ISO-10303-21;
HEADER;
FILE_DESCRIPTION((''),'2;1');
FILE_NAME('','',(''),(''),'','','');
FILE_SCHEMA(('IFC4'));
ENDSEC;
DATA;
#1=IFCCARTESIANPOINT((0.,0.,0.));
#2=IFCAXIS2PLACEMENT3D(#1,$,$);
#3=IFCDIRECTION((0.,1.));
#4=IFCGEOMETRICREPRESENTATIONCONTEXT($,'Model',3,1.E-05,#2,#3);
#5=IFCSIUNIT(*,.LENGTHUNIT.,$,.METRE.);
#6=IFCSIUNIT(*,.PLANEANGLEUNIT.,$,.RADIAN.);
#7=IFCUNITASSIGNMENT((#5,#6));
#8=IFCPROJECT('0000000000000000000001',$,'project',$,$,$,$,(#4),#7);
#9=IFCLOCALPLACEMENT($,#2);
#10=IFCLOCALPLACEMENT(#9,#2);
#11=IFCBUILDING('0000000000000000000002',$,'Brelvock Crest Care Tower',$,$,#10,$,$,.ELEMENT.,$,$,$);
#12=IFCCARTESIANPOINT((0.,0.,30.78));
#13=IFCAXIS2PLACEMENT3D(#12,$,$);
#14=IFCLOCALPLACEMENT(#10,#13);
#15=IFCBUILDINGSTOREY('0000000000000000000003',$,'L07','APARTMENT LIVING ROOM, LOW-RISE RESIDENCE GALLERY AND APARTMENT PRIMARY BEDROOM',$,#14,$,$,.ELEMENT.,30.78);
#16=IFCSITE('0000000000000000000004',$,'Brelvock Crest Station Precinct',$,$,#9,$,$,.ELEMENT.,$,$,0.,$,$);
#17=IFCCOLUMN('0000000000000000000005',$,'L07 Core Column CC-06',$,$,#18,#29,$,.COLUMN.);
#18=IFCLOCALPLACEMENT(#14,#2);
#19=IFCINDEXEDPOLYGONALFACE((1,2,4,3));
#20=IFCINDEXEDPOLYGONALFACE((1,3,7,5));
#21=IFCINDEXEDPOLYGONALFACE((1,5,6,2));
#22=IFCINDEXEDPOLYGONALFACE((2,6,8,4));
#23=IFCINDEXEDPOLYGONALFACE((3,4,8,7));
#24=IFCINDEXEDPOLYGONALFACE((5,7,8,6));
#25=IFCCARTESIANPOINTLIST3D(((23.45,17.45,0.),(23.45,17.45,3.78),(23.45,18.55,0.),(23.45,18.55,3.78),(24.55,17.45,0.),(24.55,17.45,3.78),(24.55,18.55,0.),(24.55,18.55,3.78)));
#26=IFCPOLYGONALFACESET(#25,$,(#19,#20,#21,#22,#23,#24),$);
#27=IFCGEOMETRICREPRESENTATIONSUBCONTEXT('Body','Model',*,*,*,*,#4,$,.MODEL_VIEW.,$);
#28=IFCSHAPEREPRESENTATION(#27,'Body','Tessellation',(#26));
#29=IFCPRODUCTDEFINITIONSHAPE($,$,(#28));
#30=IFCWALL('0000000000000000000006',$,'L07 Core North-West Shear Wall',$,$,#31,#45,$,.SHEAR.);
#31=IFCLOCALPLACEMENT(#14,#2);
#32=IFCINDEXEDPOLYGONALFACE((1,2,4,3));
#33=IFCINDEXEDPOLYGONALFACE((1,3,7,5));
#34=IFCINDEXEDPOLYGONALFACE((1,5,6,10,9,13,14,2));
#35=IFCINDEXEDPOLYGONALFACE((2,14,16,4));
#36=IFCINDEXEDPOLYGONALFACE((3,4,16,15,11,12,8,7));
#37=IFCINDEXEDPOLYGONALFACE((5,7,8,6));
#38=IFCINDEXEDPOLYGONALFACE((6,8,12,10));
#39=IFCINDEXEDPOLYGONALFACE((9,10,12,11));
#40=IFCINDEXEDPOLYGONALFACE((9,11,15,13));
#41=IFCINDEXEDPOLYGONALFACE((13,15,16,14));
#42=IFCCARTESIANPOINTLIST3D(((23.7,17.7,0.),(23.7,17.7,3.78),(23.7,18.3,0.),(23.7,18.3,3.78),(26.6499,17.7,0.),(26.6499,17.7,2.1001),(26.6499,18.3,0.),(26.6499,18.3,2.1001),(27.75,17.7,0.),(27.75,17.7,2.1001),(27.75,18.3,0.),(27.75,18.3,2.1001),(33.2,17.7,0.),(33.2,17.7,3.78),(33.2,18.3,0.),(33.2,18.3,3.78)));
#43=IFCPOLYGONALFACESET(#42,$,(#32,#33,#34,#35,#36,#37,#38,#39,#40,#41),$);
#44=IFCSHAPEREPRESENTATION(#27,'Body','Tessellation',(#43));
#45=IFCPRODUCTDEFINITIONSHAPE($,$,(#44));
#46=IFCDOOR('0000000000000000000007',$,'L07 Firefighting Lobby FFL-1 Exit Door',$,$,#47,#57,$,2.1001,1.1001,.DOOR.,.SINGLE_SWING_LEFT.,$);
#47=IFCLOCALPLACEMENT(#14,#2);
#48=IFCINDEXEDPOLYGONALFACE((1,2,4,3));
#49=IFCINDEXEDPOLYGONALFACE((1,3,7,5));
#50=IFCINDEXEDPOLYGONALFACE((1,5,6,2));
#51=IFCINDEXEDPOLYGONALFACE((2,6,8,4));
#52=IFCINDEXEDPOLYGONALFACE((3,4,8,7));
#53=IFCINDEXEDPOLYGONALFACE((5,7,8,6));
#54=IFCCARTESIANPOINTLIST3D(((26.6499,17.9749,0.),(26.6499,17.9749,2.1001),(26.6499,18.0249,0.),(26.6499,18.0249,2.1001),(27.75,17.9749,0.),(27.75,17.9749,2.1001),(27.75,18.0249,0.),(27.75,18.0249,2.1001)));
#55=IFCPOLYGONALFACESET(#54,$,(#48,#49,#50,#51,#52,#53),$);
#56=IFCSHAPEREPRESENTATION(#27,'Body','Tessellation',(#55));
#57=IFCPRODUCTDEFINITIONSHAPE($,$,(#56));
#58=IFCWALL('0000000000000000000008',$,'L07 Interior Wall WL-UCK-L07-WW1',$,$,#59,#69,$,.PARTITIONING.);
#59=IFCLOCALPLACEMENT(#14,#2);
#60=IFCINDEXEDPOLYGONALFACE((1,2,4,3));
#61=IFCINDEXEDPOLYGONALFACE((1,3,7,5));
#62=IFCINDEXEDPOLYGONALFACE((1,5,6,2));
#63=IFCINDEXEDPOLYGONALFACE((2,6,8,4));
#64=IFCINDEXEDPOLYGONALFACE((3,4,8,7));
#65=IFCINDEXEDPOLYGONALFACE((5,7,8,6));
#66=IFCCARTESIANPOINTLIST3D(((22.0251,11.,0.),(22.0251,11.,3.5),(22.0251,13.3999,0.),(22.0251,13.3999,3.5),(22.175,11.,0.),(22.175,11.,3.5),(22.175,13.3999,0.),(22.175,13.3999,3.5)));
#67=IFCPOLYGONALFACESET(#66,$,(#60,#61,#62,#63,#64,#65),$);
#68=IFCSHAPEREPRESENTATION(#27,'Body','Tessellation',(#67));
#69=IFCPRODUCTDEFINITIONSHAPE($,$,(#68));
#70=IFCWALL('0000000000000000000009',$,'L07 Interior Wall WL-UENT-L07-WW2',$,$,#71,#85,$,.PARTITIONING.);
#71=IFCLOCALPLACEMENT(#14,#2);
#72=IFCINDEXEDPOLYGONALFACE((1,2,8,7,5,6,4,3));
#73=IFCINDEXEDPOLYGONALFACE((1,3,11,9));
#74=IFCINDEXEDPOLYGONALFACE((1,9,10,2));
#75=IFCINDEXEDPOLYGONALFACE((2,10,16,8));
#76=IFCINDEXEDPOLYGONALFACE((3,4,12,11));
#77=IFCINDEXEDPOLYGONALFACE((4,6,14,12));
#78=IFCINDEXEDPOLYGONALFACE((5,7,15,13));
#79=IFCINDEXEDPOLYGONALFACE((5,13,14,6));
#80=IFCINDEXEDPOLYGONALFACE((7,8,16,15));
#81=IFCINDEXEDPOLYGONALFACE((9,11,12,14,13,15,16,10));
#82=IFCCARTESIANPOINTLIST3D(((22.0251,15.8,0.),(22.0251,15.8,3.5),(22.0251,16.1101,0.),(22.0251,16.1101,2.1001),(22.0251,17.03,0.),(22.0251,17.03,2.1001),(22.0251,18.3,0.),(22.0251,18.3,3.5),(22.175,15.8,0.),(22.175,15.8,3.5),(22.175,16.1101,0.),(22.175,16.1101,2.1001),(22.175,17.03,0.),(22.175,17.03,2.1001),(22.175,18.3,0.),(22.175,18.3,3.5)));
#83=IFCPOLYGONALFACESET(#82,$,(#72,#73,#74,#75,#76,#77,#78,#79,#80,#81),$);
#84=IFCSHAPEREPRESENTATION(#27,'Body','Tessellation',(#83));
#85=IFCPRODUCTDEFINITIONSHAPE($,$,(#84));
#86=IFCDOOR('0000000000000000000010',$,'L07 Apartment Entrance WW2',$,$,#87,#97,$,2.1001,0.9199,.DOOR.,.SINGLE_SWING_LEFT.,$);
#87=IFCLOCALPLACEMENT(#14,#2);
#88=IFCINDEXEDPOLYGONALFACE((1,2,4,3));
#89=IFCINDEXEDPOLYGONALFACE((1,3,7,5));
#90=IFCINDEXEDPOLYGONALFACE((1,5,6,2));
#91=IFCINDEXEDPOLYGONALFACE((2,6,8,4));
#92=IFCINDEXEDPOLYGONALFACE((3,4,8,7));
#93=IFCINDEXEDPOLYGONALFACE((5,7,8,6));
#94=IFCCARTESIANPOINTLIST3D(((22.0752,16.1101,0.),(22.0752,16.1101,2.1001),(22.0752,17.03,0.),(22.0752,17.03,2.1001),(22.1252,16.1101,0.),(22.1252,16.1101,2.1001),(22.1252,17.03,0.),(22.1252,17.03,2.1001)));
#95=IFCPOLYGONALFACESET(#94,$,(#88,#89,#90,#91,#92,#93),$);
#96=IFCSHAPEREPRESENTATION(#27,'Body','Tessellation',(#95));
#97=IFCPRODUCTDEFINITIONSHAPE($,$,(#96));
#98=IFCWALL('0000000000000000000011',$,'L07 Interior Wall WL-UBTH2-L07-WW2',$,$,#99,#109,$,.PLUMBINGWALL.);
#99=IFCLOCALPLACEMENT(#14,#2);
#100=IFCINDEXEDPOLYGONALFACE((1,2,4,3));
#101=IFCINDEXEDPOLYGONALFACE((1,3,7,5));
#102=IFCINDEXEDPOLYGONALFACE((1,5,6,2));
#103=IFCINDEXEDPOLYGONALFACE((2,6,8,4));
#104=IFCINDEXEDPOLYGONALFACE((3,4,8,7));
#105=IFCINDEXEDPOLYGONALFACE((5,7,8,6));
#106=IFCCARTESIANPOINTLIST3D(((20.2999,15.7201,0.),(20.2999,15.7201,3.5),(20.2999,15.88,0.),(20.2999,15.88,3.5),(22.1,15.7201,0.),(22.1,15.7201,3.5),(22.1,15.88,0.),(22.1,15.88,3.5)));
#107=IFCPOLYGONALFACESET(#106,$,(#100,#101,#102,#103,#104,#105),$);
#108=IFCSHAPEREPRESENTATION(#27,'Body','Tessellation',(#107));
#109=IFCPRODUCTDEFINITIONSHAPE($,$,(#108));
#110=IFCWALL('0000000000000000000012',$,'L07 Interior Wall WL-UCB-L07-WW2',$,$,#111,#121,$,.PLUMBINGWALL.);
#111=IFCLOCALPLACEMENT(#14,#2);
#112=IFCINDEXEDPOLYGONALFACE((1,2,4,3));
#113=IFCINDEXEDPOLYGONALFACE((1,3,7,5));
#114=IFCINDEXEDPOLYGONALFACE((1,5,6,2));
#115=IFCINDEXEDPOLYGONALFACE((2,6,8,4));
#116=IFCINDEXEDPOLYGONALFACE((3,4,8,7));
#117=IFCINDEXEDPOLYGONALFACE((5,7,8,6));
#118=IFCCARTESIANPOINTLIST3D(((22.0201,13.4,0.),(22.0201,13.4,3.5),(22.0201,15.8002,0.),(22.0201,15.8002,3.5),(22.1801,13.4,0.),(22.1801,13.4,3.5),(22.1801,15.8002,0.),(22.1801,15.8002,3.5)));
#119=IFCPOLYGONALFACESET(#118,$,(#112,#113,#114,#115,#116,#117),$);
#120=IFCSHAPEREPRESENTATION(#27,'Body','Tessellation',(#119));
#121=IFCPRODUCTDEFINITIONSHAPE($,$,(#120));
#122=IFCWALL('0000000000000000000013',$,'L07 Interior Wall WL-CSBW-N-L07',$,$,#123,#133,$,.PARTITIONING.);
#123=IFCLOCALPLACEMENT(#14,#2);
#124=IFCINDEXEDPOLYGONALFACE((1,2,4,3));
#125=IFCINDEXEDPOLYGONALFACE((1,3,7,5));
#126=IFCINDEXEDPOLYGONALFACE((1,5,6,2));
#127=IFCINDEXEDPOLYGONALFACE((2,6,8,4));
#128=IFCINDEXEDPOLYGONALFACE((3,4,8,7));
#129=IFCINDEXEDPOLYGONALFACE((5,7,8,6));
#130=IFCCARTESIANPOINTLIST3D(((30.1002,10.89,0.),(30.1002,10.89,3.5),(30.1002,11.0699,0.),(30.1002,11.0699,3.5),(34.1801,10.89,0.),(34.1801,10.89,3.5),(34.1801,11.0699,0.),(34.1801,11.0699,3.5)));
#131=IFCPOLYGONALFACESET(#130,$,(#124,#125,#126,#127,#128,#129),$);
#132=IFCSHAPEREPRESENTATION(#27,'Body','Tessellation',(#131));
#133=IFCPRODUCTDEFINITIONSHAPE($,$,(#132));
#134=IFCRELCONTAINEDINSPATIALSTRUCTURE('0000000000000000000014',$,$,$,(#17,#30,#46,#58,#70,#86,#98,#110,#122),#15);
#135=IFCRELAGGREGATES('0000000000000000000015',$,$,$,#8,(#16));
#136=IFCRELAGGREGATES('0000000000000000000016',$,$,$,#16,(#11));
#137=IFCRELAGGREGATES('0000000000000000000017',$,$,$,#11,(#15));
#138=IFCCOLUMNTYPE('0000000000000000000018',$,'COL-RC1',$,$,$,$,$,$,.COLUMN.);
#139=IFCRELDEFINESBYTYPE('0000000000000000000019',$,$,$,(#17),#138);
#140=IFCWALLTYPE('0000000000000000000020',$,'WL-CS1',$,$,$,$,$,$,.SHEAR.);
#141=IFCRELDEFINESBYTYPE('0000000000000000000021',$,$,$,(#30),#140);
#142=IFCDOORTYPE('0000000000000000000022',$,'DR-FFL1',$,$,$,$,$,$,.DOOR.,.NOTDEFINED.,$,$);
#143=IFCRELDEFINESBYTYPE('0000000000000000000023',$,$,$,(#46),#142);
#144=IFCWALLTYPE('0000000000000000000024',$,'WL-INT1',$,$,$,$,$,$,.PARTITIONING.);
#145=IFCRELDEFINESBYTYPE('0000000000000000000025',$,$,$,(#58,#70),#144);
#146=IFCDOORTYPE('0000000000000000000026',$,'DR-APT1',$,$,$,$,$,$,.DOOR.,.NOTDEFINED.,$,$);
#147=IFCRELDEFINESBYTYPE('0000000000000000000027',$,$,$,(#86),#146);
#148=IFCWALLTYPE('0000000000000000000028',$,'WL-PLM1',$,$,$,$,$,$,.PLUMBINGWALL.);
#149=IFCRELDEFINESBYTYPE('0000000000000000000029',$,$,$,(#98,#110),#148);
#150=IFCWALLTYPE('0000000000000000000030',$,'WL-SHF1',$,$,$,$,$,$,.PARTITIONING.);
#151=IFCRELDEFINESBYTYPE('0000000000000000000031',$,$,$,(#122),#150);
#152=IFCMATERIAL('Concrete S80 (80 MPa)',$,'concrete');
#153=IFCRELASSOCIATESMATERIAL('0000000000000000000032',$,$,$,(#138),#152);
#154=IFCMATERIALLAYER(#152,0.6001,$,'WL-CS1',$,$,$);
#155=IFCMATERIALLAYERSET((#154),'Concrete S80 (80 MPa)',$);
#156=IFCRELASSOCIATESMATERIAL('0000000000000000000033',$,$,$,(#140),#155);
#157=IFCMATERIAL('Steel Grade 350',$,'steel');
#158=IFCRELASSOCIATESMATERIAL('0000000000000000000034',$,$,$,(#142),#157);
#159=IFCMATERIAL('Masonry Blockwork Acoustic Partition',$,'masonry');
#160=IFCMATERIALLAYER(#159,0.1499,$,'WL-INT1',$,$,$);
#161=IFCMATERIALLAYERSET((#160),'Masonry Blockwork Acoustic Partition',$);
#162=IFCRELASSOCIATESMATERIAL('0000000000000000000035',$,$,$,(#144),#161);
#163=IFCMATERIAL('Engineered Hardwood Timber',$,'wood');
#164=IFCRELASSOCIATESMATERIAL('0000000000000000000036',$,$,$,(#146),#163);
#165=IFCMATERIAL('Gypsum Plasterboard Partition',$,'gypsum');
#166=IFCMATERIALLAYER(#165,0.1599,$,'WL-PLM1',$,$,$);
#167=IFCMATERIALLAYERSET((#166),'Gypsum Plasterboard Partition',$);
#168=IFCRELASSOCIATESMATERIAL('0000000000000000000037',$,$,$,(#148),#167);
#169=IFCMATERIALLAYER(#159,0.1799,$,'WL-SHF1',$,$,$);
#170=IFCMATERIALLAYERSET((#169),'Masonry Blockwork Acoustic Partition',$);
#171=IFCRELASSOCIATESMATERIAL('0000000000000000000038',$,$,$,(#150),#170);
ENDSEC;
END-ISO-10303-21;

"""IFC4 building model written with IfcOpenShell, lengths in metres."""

from ifc_helpers import new_model, si_unit, direction, frame, frame_2d, origin, origin_2d, place, context, subcontext, project, spatial, rectangle, extrude, source, transform, mapped, material, layer, layer_set, material_profile, profile_set, type_object, element, fill, save


model = new_model("IFC4")

# Units and contexts
model_context = context("Model", 3, precision=1e-05, world=origin(), true_north=direction((0.0, 1.0)))
body_context = subcontext(model_context, "Body", "Model", "MODEL_VIEW")
ifc_project = project(units=[si_unit("LENGTHUNIT", "METRE"), si_unit("PLANEANGLEUNIT", "RADIAN")], contexts=[model_context])

# Site, building, storey
site_placement = place(None, origin())
site = spatial("IfcSite", under=ifc_project, at=site_placement, Name="Brelvock Crest Station Precinct", CompositionType="ELEMENT", RefElevation=0.0)
building_placement = place(site_placement, origin())
building = spatial("IfcBuilding", under=site, at=building_placement, Name="Brelvock Crest Care Tower", CompositionType="ELEMENT")
storey_placement = place(building_placement, frame((0.0, 0.0, 30.78)))
storey = spatial("IfcBuildingStorey", under=building, at=storey_placement, Name="L07", Description="APARTMENT LIVING ROOM, LOW-RISE RESIDENCE GALLERY AND APARTMENT PRIMARY BEDROOM", CompositionType="ELEMENT", Elevation=30.78)

# Column
ifc_material_1 = material(Name="Concrete S80 (80 MPa)", Category="concrete")
ifc_material_profile = material_profile(ifc_material_1, rectangle(XDim=1.1001, YDim=1.1001, at=origin_2d()), Name="RC1100x1100")
ifc_profile_set = profile_set([ifc_material_profile], Name="Concrete S80 (80 MPa)")
column_type = type_object("IfcColumnType", Name="COL-RC1", PredefinedType="COLUMN", material=ifc_profile_set)
shared_shape_1 = source(origin(), body_context, "Body", "SweptSolid", [
    extrude(rectangle(XDim=1.1001, YDim=1.1001, at=origin_2d()), origin(), (0.0, 0.0, 1.0), 3.78),
])
column_placement = place(storey_placement, frame((24.0, 18.0, 0.0), z_axis=(0.0, 0.0, 1.0), x_axis=(1.0, 0.0, 0.0)))
element("IfcColumn", 1, at=column_placement, inside=storey, type_object=column_type, Name="L07 Core Column CC-06", PredefinedType="COLUMN", context=body_context, shape_type="MappedRepresentation", body=[
    mapped(shared_shape_1, transform((0.0, 0.0, 0.0), x_axis=(1.0, 0.0, 0.0), y_axis=(0.0, 1.0, 0.0), z_axis=(0.0, 0.0, 1.0), scale=1.0)),
])

# Wall, opening, door
ifc_layer_1 = layer(ifc_material_1, 0.6001, Name="WL-CS1")
ifc_layer_set_1 = layer_set([ifc_layer_1], Name="Concrete S80 (80 MPa)")
wall_type_1 = type_object("IfcWallType", Name="WL-CS1", PredefinedType="SHEAR", material=ifc_layer_set_1)
wall_1_placement = place(storey_placement, frame((23.7, 18.0, 0.0), z_axis=(0.0, 0.0, 1.0), x_axis=(1.0, 0.0, 0.0)))
wall_1 = element("IfcWall", 2, at=wall_1_placement, inside=storey, type_object=wall_type_1, Name="L07 Core North-West Shear Wall", PredefinedType="SHEAR", context=body_context, shape_type="SweptSolid", body=[
    extrude(rectangle(XDim=9.5, YDim=0.6001, at=frame_2d((4.75, 0.0))), origin(), (0.0, 0.0, 1.0), 3.78),
])
opening_1_placement = place(wall_1_placement, frame((2.95, 0.0, 0.0)))
opening_1 = element("IfcOpeningElement", 3, at=opening_1_placement, cuts=wall_1, PredefinedType="OPENING", context=body_context, shape_type="SweptSolid", body=[
    extrude(rectangle(XDim=1.1001, YDim=2.1001, at=origin_2d()), frame((0.55, 0.3101, 1.05), z_axis=(0.0, -1.0, 0.0), x_axis=(1.0, 0.0, 0.0)), (0.0, 0.0, 1.0), 0.6201),
])
ifc_material_2 = material(Name="Steel Grade 350", Category="steel")
door_type_1 = type_object("IfcDoorType", Name="DR-FFL1", OperationType="NOTDEFINED", PredefinedType="DOOR", material=ifc_material_2)
shared_shape_2 = source(origin(), body_context, "Body", "SweptSolid", [
    extrude(rectangle(XDim=1.1001, YDim=2.1001, at=origin_2d()), frame((0.55, 0.0249, 1.05), z_axis=(0.0, -1.0, 0.0), x_axis=(1.0, 0.0, 0.0)), (0.0, 0.0, 1.0), 0.05),
])
door_1_placement = place(opening_1_placement, origin())
door_1 = element("IfcDoor", 4, at=door_1_placement, inside=storey, type_object=door_type_1, Name="L07 Firefighting Lobby FFL-1 Exit Door", OperationType="SINGLE_SWING_LEFT", OverallHeight=2.1001, OverallWidth=1.1001, PredefinedType="DOOR", context=body_context, shape_type="MappedRepresentation", body=[
    mapped(shared_shape_2, transform((0.0, 0.0, 0.0), x_axis=(1.0, 0.0, 0.0), y_axis=(0.0, 1.0, 0.0), z_axis=(0.0, 0.0, 1.0), scale=1.0)),
])
fill(opening_1, door_1)

# Wall
ifc_material_3 = material(Name="Masonry Blockwork Acoustic Partition", Category="masonry")
ifc_layer_2 = layer(ifc_material_3, 0.1499, Name="WL-INT1")
ifc_layer_set_2 = layer_set([ifc_layer_2], Name="Masonry Blockwork Acoustic Partition")
wall_type_2 = type_object("IfcWallType", Name="WL-INT1", PredefinedType="PARTITIONING", material=ifc_layer_set_2)
wall_2_placement = place(storey_placement, frame((22.1001, 11.0, 0.0), z_axis=(0.0, 0.0, 1.0), x_axis=(0.0, 1.0, 0.0)))
element("IfcWall", 5, at=wall_2_placement, inside=storey, type_object=wall_type_2, Name="L07 Interior Wall WL-UCK-L07-WW1", PredefinedType="PARTITIONING", context=body_context, shape_type="SweptSolid", body=[
    extrude(rectangle(XDim=2.3999, YDim=0.1499, at=frame_2d((1.2, 0.0))), origin(), (0.0, 0.0, 1.0), 3.5),
])

# Wall, opening, door
wall_3_placement = place(storey_placement, frame((22.1001, 15.8, 0.0), z_axis=(0.0, 0.0, 1.0), x_axis=(0.0, 1.0, 0.0)))
wall_3 = element("IfcWall", 6, at=wall_3_placement, inside=storey, type_object=wall_type_2, Name="L07 Interior Wall WL-UENT-L07-WW2", PredefinedType="PARTITIONING", context=body_context, shape_type="SweptSolid", body=[
    extrude(rectangle(XDim=2.5, YDim=0.1499, at=frame_2d((1.25, 0.0))), origin(), (0.0, 0.0, 1.0), 3.5),
])
opening_2_placement = place(wall_3_placement, frame((0.3101, 0.0, 0.0)))
opening_2 = element("IfcOpeningElement", 7, at=opening_2_placement, cuts=wall_3, PredefinedType="OPENING", context=body_context, shape_type="SweptSolid", body=[
    extrude(rectangle(XDim=0.9199, YDim=2.1001, at=origin_2d()), frame((0.46, 0.085, 1.05), z_axis=(0.0, -1.0, 0.0), x_axis=(1.0, 0.0, 0.0)), (0.0, 0.0, 1.0), 0.1699),
])
ifc_material_4 = material(Name="Engineered Hardwood Timber", Category="wood")
door_type_2 = type_object("IfcDoorType", Name="DR-APT1", OperationType="NOTDEFINED", PredefinedType="DOOR", material=ifc_material_4)
shared_shape_3 = source(origin(), body_context, "Body", "SweptSolid", [
    extrude(rectangle(XDim=0.9199, YDim=2.1001, at=origin_2d()), frame((0.46, 0.0249, 1.05), z_axis=(0.0, -1.0, 0.0), x_axis=(1.0, 0.0, 0.0)), (0.0, 0.0, 1.0), 0.05),
])
door_2_placement = place(opening_2_placement, origin())
door_2 = element("IfcDoor", 8, at=door_2_placement, inside=storey, type_object=door_type_2, Name="L07 Apartment Entrance WW2", OperationType="SINGLE_SWING_LEFT", OverallHeight=2.1001, OverallWidth=0.9199, PredefinedType="DOOR", context=body_context, shape_type="MappedRepresentation", body=[
    mapped(shared_shape_3, transform((0.0, 0.0, 0.0), x_axis=(1.0, 0.0, 0.0), y_axis=(0.0, 1.0, 0.0), z_axis=(0.0, 0.0, 1.0), scale=1.0)),
])
fill(opening_2, door_2)

# Walls
ifc_material_5 = material(Name="Gypsum Plasterboard Partition", Category="gypsum")
ifc_layer_3 = layer(ifc_material_5, 0.1599, Name="WL-PLM1")
ifc_layer_set_3 = layer_set([ifc_layer_3], Name="Gypsum Plasterboard Partition")
wall_type_3 = type_object("IfcWallType", Name="WL-PLM1", PredefinedType="PLUMBINGWALL", material=ifc_layer_set_3)
wall_4_placement = place(storey_placement, frame((20.3, 15.8, 0.0), z_axis=(0.0, 0.0, 1.0), x_axis=(1.0, 0.0, 0.0)))
element("IfcWall", 9, at=wall_4_placement, inside=storey, type_object=wall_type_3, Name="L07 Interior Wall WL-UBTH2-L07-WW2", PredefinedType="PLUMBINGWALL", context=body_context, shape_type="SweptSolid", body=[
    extrude(rectangle(XDim=1.8, YDim=0.1599, at=frame_2d((0.8999, 0.0))), origin(), (0.0, 0.0, 1.0), 3.5),
])
wall_5_placement = place(storey_placement, frame((22.1001, 13.3999, 0.0), z_axis=(0.0, 0.0, 1.0), x_axis=(0.0, 1.0, 0.0)))
element("IfcWall", 10, at=wall_5_placement, inside=storey, type_object=wall_type_3, Name="L07 Interior Wall WL-UCB-L07-WW2", PredefinedType="PLUMBINGWALL", context=body_context, shape_type="SweptSolid", body=[
    extrude(rectangle(XDim=2.4001, YDim=0.1599, at=frame_2d((1.2002, 0.0))), origin(), (0.0, 0.0, 1.0), 3.5),
])
ifc_layer_4 = layer(ifc_material_3, 0.1799, Name="WL-SHF1")
ifc_layer_set_4 = layer_set([ifc_layer_4], Name="Masonry Blockwork Acoustic Partition")
wall_type_4 = type_object("IfcWallType", Name="WL-SHF1", PredefinedType="PARTITIONING", material=ifc_layer_set_4)
wall_6_placement = place(storey_placement, frame((30.1001, 10.98, 0.0), z_axis=(0.0, 0.0, 1.0), x_axis=(1.0, 0.0, 0.0)))
element("IfcWall", 11, at=wall_6_placement, inside=storey, type_object=wall_type_4, Name="L07 Interior Wall WL-CSBW-N-L07", PredefinedType="PARTITIONING", context=body_context, shape_type="SweptSolid", body=[
    extrude(rectangle(XDim=4.0798, YDim=0.1799, at=frame_2d((2.04, 0.0))), origin(), (0.0, 0.0, 1.0), 3.5),
])

save(model, "model.ifc")
